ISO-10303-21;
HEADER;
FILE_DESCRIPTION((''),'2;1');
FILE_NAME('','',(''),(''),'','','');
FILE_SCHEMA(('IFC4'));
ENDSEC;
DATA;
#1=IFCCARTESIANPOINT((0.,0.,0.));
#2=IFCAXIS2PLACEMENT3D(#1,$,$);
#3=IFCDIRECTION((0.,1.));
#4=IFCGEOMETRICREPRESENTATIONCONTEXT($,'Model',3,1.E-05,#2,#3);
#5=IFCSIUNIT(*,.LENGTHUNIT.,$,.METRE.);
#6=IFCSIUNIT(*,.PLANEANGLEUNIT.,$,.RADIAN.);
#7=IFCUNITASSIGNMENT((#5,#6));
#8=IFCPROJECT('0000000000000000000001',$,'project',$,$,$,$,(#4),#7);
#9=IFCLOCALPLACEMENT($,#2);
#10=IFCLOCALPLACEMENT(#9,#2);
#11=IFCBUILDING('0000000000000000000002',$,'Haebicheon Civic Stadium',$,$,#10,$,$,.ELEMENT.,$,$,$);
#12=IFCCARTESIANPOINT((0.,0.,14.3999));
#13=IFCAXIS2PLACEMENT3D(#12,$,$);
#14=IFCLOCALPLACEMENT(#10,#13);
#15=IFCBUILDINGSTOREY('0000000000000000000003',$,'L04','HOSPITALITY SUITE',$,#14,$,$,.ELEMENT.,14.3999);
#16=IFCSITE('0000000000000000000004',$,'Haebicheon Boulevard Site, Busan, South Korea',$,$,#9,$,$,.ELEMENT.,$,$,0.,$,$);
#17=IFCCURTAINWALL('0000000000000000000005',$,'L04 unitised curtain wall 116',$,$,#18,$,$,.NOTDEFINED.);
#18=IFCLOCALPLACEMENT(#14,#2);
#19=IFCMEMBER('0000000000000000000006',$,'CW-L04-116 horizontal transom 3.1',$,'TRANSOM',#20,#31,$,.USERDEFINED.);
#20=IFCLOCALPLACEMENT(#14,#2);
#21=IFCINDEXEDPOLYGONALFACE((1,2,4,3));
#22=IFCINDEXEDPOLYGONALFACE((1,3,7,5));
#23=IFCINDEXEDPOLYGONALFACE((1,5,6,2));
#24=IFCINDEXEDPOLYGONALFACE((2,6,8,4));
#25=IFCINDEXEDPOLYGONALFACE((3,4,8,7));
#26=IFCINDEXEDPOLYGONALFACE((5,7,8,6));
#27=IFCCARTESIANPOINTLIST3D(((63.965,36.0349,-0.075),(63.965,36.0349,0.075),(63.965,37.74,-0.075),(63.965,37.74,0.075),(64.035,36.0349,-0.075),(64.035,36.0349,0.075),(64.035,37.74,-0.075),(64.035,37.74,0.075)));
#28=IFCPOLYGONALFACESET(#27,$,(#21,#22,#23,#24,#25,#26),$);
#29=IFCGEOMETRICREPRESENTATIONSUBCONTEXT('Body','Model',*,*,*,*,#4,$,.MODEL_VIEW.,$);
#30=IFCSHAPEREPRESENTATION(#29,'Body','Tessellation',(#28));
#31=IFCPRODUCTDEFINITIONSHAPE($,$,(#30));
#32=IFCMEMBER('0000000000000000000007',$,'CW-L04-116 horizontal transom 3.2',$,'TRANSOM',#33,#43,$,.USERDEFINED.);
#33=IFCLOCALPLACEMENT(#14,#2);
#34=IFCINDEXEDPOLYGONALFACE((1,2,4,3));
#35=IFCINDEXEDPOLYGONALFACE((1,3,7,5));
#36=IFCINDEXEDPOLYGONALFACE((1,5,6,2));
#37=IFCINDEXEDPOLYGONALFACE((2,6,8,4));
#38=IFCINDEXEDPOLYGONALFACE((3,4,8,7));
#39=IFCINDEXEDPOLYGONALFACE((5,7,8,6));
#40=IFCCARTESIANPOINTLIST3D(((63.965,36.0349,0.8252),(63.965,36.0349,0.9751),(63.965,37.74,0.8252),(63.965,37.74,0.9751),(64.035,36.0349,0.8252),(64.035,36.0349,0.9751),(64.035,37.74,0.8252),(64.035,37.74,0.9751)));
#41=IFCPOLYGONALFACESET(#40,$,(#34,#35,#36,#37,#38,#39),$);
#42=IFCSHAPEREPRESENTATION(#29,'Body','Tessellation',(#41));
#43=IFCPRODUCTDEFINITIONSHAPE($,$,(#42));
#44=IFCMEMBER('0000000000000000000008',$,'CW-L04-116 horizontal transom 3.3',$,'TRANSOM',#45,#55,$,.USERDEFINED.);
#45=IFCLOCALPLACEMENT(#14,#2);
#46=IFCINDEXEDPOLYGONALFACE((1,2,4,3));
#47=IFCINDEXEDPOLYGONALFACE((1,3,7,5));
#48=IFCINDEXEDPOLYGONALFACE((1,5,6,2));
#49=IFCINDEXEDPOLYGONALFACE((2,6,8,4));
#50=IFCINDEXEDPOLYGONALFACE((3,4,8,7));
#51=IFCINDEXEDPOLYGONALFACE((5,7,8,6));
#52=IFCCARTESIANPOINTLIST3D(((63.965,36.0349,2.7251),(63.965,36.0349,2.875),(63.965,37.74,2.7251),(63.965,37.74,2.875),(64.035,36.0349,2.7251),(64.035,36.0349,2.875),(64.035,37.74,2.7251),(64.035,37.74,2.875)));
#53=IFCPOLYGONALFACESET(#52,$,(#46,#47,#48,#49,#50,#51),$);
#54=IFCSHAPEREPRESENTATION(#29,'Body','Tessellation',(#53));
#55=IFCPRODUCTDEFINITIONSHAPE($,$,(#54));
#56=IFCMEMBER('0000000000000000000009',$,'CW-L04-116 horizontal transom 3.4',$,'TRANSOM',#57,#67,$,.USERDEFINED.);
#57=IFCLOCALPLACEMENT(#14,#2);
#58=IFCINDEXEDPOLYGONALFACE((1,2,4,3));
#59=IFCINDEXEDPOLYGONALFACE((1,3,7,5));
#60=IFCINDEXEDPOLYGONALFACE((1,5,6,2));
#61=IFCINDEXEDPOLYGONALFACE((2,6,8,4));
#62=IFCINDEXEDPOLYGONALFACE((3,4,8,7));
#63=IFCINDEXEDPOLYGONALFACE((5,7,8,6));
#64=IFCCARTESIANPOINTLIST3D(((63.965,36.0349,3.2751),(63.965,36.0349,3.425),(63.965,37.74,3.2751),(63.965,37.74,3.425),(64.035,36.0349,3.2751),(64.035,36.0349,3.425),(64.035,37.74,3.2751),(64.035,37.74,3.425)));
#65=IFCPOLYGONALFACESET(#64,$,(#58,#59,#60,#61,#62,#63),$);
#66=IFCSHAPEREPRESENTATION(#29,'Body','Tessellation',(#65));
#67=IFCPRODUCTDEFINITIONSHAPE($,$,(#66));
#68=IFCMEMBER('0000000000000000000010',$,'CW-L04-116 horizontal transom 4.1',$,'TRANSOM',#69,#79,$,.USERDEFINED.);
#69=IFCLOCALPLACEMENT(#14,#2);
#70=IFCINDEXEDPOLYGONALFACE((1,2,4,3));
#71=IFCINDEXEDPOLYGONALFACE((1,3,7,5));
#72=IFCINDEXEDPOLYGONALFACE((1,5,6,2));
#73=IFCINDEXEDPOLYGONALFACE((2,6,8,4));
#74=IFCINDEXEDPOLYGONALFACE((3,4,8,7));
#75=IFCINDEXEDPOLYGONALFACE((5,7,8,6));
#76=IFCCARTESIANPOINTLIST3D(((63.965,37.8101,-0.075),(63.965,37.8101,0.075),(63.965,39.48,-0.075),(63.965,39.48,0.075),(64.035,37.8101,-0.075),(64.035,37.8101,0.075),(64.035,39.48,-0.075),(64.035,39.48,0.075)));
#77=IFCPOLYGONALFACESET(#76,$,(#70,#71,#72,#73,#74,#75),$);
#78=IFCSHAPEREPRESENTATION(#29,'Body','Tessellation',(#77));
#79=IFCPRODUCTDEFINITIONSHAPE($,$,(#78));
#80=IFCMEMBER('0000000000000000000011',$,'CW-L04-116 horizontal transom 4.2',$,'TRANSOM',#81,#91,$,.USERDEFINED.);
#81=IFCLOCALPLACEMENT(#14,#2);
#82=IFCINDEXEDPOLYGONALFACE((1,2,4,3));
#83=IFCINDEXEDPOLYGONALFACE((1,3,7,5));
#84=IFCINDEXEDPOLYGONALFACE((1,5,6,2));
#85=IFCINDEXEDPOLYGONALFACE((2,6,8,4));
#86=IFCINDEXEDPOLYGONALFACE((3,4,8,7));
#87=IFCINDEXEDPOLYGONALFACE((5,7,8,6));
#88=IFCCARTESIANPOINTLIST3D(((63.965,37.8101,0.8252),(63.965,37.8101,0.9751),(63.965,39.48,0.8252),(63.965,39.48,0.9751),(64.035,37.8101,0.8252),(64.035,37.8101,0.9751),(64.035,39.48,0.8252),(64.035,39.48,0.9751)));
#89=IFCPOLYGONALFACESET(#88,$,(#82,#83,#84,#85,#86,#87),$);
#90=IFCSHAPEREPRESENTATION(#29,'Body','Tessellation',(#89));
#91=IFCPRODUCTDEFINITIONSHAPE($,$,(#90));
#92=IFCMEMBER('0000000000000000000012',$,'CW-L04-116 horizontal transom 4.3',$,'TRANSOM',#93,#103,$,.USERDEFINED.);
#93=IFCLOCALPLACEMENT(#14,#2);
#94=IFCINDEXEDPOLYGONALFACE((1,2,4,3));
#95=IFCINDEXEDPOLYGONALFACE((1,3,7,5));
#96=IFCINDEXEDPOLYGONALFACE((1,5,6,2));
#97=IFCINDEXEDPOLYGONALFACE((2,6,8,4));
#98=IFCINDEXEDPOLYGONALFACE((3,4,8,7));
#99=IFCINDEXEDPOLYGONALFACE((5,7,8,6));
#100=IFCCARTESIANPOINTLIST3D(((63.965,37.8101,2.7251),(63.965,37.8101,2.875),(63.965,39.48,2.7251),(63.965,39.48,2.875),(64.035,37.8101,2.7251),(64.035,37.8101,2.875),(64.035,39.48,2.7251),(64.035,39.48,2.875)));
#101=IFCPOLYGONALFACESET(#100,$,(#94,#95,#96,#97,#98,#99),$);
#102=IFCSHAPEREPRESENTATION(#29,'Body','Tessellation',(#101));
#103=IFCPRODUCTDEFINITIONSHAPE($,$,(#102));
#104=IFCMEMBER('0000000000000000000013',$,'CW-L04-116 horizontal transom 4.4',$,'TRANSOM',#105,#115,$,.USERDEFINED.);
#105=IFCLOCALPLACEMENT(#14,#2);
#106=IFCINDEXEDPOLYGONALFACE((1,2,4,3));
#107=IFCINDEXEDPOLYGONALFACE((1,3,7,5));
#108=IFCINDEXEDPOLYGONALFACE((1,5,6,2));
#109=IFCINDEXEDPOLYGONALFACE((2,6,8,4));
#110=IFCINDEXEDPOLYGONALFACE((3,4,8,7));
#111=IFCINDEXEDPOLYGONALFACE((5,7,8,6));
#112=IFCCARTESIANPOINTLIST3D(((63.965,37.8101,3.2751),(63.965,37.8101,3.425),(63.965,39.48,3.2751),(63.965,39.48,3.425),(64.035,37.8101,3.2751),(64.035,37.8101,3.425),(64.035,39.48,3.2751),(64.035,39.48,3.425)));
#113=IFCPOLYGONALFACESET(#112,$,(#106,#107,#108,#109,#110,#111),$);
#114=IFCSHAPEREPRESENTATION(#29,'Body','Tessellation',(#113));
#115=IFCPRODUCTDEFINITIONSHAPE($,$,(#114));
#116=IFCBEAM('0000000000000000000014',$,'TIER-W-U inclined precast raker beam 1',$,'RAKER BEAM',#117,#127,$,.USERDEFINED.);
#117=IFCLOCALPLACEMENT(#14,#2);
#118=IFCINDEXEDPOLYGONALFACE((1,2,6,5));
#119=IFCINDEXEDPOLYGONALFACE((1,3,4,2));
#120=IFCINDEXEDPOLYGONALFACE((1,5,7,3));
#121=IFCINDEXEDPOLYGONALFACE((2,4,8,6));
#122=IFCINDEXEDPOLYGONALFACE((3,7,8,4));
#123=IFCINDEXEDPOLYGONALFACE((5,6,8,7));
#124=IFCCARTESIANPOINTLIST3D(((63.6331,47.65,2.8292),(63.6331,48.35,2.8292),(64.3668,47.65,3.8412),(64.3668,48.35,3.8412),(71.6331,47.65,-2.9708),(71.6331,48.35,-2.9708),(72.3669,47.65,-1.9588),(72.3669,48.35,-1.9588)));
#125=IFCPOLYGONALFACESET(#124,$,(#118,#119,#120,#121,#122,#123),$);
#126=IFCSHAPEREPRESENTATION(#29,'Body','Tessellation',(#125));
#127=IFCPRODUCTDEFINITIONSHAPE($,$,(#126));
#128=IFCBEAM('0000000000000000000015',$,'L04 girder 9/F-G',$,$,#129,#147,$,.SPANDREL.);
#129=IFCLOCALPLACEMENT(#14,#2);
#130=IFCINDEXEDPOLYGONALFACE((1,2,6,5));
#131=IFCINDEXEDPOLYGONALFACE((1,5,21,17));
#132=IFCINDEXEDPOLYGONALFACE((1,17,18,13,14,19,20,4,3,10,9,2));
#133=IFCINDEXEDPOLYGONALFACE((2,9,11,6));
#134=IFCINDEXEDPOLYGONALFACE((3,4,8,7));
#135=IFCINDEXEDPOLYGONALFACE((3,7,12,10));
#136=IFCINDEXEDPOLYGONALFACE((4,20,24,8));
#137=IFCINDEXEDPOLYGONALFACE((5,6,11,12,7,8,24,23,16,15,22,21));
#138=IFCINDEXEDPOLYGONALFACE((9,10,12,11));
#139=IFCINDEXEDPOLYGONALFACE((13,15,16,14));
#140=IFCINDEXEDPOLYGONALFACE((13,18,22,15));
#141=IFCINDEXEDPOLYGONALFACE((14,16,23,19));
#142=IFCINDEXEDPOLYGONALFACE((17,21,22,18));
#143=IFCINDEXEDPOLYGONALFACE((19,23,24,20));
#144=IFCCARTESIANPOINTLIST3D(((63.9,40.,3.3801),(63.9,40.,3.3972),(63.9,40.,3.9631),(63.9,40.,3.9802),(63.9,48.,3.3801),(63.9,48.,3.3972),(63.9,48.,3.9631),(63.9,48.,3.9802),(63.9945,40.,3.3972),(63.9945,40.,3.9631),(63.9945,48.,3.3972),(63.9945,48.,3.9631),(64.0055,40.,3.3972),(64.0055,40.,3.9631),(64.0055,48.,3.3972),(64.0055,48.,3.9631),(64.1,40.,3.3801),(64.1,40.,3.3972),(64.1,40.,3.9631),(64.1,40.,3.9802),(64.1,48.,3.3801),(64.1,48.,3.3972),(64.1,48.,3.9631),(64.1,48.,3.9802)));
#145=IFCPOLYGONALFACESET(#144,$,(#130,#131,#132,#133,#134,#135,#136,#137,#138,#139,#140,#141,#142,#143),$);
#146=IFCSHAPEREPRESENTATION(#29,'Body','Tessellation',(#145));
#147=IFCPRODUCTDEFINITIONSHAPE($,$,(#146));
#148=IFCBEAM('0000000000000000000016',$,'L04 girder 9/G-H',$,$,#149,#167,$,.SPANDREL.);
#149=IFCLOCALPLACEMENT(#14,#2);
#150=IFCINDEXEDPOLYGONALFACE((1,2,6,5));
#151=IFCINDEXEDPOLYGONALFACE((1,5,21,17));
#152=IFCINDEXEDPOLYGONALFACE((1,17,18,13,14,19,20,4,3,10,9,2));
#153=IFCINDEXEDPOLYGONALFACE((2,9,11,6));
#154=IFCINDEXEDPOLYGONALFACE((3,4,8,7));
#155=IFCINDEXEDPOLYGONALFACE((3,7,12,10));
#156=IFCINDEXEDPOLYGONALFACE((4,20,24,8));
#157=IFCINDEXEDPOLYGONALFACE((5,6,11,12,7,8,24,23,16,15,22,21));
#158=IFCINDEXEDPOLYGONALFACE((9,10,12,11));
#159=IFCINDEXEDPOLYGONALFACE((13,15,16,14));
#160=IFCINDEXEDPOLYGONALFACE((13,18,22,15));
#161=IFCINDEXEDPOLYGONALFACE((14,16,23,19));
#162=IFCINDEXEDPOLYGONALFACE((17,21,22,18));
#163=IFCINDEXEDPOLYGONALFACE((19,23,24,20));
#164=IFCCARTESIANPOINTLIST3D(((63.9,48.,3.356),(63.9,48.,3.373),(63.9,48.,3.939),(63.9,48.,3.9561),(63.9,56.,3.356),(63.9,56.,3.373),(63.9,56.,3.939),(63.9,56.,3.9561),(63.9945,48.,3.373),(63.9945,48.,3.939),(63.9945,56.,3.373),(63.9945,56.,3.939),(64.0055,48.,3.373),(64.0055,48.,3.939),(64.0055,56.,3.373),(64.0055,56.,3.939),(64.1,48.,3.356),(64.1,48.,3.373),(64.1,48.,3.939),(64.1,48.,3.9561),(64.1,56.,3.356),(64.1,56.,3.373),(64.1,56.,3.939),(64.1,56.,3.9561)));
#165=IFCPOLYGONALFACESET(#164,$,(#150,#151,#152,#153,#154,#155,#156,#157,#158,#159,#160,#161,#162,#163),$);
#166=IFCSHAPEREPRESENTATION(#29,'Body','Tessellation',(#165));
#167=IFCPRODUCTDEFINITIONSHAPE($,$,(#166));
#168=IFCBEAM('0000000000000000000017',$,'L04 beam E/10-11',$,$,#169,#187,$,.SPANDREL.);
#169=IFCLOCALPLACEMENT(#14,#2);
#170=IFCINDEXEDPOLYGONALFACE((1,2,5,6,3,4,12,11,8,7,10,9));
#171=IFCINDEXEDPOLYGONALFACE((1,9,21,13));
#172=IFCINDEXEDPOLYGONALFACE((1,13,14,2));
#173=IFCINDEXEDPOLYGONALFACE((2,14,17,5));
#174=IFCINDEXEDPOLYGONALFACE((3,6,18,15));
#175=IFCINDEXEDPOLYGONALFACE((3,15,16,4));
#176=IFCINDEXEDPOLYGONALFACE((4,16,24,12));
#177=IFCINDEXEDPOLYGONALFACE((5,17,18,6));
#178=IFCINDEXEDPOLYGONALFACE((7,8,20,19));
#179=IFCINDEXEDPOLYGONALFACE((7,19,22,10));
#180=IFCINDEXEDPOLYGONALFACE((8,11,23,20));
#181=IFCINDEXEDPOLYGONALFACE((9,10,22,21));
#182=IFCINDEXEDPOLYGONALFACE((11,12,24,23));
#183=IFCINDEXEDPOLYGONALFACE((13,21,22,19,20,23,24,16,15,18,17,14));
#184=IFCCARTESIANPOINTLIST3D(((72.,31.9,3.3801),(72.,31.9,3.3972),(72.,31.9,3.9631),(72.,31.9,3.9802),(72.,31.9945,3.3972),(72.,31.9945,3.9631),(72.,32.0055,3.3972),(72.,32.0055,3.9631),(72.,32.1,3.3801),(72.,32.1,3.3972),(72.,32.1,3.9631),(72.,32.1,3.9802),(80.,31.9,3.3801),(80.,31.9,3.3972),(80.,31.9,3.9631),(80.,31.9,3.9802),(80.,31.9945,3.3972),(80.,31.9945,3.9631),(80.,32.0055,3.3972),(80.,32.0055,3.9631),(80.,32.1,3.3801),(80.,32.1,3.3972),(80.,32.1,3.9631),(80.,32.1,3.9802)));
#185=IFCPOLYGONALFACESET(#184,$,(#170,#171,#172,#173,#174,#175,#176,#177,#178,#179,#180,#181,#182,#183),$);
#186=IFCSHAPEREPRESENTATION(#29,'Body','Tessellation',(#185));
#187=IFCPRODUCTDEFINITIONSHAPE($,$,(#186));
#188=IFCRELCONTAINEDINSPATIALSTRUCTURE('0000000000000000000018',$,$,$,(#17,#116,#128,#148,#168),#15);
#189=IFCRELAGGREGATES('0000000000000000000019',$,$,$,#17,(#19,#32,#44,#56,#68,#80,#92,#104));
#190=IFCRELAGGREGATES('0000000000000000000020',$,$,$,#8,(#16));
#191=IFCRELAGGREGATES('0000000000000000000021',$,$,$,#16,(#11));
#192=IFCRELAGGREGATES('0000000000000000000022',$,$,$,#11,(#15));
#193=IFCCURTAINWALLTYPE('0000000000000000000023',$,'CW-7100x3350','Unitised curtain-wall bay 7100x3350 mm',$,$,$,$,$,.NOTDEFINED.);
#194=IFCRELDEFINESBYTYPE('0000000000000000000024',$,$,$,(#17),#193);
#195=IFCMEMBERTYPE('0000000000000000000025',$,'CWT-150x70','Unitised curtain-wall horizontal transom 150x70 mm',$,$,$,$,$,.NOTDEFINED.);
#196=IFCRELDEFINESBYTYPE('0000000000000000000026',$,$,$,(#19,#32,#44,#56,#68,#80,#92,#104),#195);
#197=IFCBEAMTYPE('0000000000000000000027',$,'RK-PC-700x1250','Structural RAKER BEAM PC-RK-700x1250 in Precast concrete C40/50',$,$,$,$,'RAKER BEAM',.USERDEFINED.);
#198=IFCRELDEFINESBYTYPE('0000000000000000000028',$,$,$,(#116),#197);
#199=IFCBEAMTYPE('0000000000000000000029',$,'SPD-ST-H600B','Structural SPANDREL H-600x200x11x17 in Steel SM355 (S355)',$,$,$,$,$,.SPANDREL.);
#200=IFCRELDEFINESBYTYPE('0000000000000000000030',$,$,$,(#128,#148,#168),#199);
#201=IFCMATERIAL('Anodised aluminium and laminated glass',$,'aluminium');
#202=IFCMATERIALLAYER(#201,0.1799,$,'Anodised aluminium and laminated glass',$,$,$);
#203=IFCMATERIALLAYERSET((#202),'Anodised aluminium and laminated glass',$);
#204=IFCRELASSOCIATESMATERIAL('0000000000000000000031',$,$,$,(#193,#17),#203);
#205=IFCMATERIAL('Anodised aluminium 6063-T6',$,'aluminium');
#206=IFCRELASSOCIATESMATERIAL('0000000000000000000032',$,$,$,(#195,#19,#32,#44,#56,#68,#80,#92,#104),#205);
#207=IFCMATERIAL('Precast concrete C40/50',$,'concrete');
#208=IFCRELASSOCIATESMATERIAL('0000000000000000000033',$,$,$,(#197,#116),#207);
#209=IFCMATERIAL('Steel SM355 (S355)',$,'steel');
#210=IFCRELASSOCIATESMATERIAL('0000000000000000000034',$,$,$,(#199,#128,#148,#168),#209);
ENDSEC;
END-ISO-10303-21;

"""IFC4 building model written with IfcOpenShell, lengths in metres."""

from ifc_helpers import new_model, si_unit, direction, frame, origin, origin_2d, place, context, subcontext, project, spatial, rectangle, i_section, extrude, material, layer, layer_set, material_profile, profile_set, type_object, element, aggregate, save


model = new_model("IFC4")

# Units and contexts
model_context = context("Model", 3, precision=1e-05, world=origin(), true_north=direction((0.0, 1.0)))
body_context = subcontext(model_context, "Body", "Model", "MODEL_VIEW")
ifc_project = project(units=[si_unit("LENGTHUNIT", "METRE"), si_unit("PLANEANGLEUNIT", "RADIAN")], contexts=[model_context])

# Site, building, storey
site_placement = place(None, origin())
site = spatial("IfcSite", under=ifc_project, at=site_placement, Name="Haebicheon Boulevard Site, Busan, South Korea", CompositionType="ELEMENT", RefElevation=0.0)
building_placement = place(site_placement, origin())
building = spatial("IfcBuilding", under=site, at=building_placement, Name="Haebicheon Civic Stadium", CompositionType="ELEMENT")
storey_placement = place(building_placement, frame((0.0, 0.0, 14.3999)))
storey = spatial("IfcBuildingStorey", under=building, at=storey_placement, Name="L04", Description="HOSPITALITY SUITE", CompositionType="ELEMENT", Elevation=14.3999)

# Curtain wall, members
ifc_material_1 = material(Name="Anodised aluminium and laminated glass", Category="aluminium")
ifc_layer_1 = layer(ifc_material_1, 0.1799, Name="Anodised aluminium and laminated glass")
ifc_layer_set_1 = layer_set([ifc_layer_1], Name="Anodised aluminium and laminated glass")
curtain_wall_type = type_object("IfcCurtainWallType", Name="CW-7100x3350", Description="Unitised curtain-wall bay 7100x3350 mm", PredefinedType="NOTDEFINED", material=ifc_layer_set_1)
curtain_wall_placement = place(storey_placement, origin())
curtain_wall = element("IfcCurtainWall", 1, at=curtain_wall_placement, inside=storey, type_object=curtain_wall_type, material=ifc_layer_set_1, Name="L04 unitised curtain wall 116", PredefinedType="NOTDEFINED")
ifc_material_2 = material(Name="Anodised aluminium 6063-T6", Category="aluminium")
ifc_material_profile_1 = material_profile(ifc_material_2, rectangle(XDim=0.0701, YDim=0.1499, at=origin_2d()), Name="ALU-TRAN-70x150")
ifc_profile_set_1 = profile_set([ifc_material_profile_1], Name="Anodised aluminium 6063-T6")
member_type_1 = type_object("IfcMemberType", Name="CWT-150x70", Description="Unitised curtain-wall horizontal transom 150x70 mm", PredefinedType="NOTDEFINED", material=ifc_profile_set_1)
member_1_placement = place(storey_placement, frame((64.0, 36.0349, 0.0), z_axis=(0.0, 1.0, 0.0), x_axis=(-1.0, 0.0, 0.0)))
member_1 = element("IfcMember", 2, at=member_1_placement, type_object=member_type_1, material=ifc_profile_set_1, Name="CW-L04-116 horizontal transom 3.1", ObjectType="TRANSOM", PredefinedType="USERDEFINED", context=body_context, shape_type="SweptSolid", body=[
    extrude(rectangle(XDim=0.0701, YDim=0.1499, at=origin_2d()), origin(), (0.0, 0.0, 1.0), 1.7051),
])
member_2_placement = place(storey_placement, frame((64.0, 36.0349, 0.9001), z_axis=(0.0, 1.0, 0.0), x_axis=(-1.0, 0.0, 0.0)))
member_2 = element("IfcMember", 3, at=member_2_placement, type_object=member_type_1, material=ifc_profile_set_1, Name="CW-L04-116 horizontal transom 3.2", ObjectType="TRANSOM", PredefinedType="USERDEFINED", context=body_context, shape_type="SweptSolid", body=[
    extrude(rectangle(XDim=0.0701, YDim=0.1499, at=origin_2d()), origin(), (0.0, 0.0, 1.0), 1.7051),
])
member_3_placement = place(storey_placement, frame((64.0, 36.0349, 2.8), z_axis=(0.0, 1.0, 0.0), x_axis=(-1.0, 0.0, 0.0)))
member_3 = element("IfcMember", 4, at=member_3_placement, type_object=member_type_1, material=ifc_profile_set_1, Name="CW-L04-116 horizontal transom 3.3", ObjectType="TRANSOM", PredefinedType="USERDEFINED", context=body_context, shape_type="SweptSolid", body=[
    extrude(rectangle(XDim=0.0701, YDim=0.1499, at=origin_2d()), origin(), (0.0, 0.0, 1.0), 1.7051),
])
member_4_placement = place(storey_placement, frame((64.0, 36.0349, 3.3501), z_axis=(0.0, 1.0, 0.0), x_axis=(-1.0, 0.0, 0.0)))
member_4 = element("IfcMember", 5, at=member_4_placement, type_object=member_type_1, material=ifc_profile_set_1, Name="CW-L04-116 horizontal transom 3.4", ObjectType="TRANSOM", PredefinedType="USERDEFINED", context=body_context, shape_type="SweptSolid", body=[
    extrude(rectangle(XDim=0.0701, YDim=0.1499, at=origin_2d()), origin(), (0.0, 0.0, 1.0), 1.7051),
])
member_5_placement = place(storey_placement, frame((64.0, 37.8101, 0.0), z_axis=(0.0, 1.0, 0.0), x_axis=(-1.0, 0.0, 0.0)))
member_5 = element("IfcMember", 6, at=member_5_placement, type_object=member_type_1, material=ifc_profile_set_1, Name="CW-L04-116 horizontal transom 4.1", ObjectType="TRANSOM", PredefinedType="USERDEFINED", context=body_context, shape_type="SweptSolid", body=[
    extrude(rectangle(XDim=0.0701, YDim=0.1499, at=origin_2d()), origin(), (0.0, 0.0, 1.0), 1.6699),
])
member_6_placement = place(storey_placement, frame((64.0, 37.8101, 0.9001), z_axis=(0.0, 1.0, 0.0), x_axis=(-1.0, 0.0, 0.0)))
member_6 = element("IfcMember", 7, at=member_6_placement, type_object=member_type_1, material=ifc_profile_set_1, Name="CW-L04-116 horizontal transom 4.2", ObjectType="TRANSOM", PredefinedType="USERDEFINED", context=body_context, shape_type="SweptSolid", body=[
    extrude(rectangle(XDim=0.0701, YDim=0.1499, at=origin_2d()), origin(), (0.0, 0.0, 1.0), 1.6699),
])
member_7_placement = place(storey_placement, frame((64.0, 37.8101, 2.8), z_axis=(0.0, 1.0, 0.0), x_axis=(-1.0, 0.0, 0.0)))
member_7 = element("IfcMember", 8, at=member_7_placement, type_object=member_type_1, material=ifc_profile_set_1, Name="CW-L04-116 horizontal transom 4.3", ObjectType="TRANSOM", PredefinedType="USERDEFINED", context=body_context, shape_type="SweptSolid", body=[
    extrude(rectangle(XDim=0.0701, YDim=0.1499, at=origin_2d()), origin(), (0.0, 0.0, 1.0), 1.6699),
])
member_8_placement = place(storey_placement, frame((64.0, 37.8101, 3.3501), z_axis=(0.0, 1.0, 0.0), x_axis=(-1.0, 0.0, 0.0)))
member_8 = element("IfcMember", 9, at=member_8_placement, type_object=member_type_1, material=ifc_profile_set_1, Name="CW-L04-116 horizontal transom 4.4", ObjectType="TRANSOM", PredefinedType="USERDEFINED", context=body_context, shape_type="SweptSolid", body=[
    extrude(rectangle(XDim=0.0701, YDim=0.1499, at=origin_2d()), origin(), (0.0, 0.0, 1.0), 1.6699),
])

# Beams
ifc_material_3 = material(Name="Precast concrete C40/50", Category="concrete")
ifc_material_profile_2 = material_profile(ifc_material_3, rectangle(XDim=0.7, YDim=1.25, at=origin_2d()), Name="PC-RK-700x1250")
ifc_profile_set_2 = profile_set([ifc_material_profile_2], Name="Precast concrete C40/50")
beam_type_1 = type_object("IfcBeamType", Name="RK-PC-700x1250", Description="Structural RAKER BEAM PC-RK-700x1250 in Precast concrete C40/50", ElementType="RAKER BEAM", PredefinedType="USERDEFINED", material=ifc_profile_set_2)
beam_1_placement = place(storey_placement, frame((72.0, 48.0, -2.4648), z_axis=(-0.809608, 0.0, 0.586971), x_axis=(0.0, -1.0, 0.0)))
element("IfcBeam", 10, at=beam_1_placement, inside=storey, type_object=beam_type_1, material=ifc_profile_set_2, Name="TIER-W-U inclined precast raker beam 1", ObjectType="RAKER BEAM", PredefinedType="USERDEFINED", context=body_context, shape_type="SweptSolid", body=[
    extrude(rectangle(XDim=0.7, YDim=1.25, at=origin_2d()), origin(), (0.0, 0.0, 1.0), 9.8813),
])
ifc_material_4 = material(Name="Steel SM355 (S355)", Category="steel")
ifc_material_profile_3 = material_profile(ifc_material_4, i_section(OverallWidth=0.2, OverallDepth=0.6001, WebThickness=0.011, FlangeThickness=0.0171, at=origin_2d()), Name="H-600x200x11x17")
ifc_profile_set_3 = profile_set([ifc_material_profile_3], Name="Steel SM355 (S355)")
beam_type_2 = type_object("IfcBeamType", Name="SPD-ST-H600B", Description="Structural SPANDREL H-600x200x11x17 in Steel SM355 (S355)", PredefinedType="SPANDREL", material=ifc_profile_set_3)
for number, where, z_axis, x_axis, name in (
    (11, (64.0, 40.0, 3.6802), (0.0, 1.0, 0.0), (-1.0, 0.0, 0.0), "L04 girder 9/F-G"),
    (12, (64.0, 48.0, 3.656), (0.0, 1.0, 0.0), (-1.0, 0.0, 0.0), "L04 girder 9/G-H"),
    (13, (72.0, 32.0, 3.6802), (1.0, 0.0, 0.0), (0.0, 1.0, 0.0), "L04 beam E/10-11"),
):
    element("IfcBeam", number, at=place(storey_placement, frame(where, z_axis=z_axis, x_axis=x_axis)), inside=storey, type_object=beam_type_2, material=ifc_profile_set_3, Name=name, PredefinedType="SPANDREL", context=body_context, shape_type="SweptSolid", body=[
        extrude(i_section(OverallWidth=0.2, OverallDepth=0.6001, WebThickness=0.011, FlangeThickness=0.0171, at=origin_2d()), origin(), (0.0, 0.0, 1.0), 8.0),
    ])

aggregate(curtain_wall, [member_1, member_2, member_3, member_4, member_5, member_6, member_7, member_8])

save(model, "model.ifc")
